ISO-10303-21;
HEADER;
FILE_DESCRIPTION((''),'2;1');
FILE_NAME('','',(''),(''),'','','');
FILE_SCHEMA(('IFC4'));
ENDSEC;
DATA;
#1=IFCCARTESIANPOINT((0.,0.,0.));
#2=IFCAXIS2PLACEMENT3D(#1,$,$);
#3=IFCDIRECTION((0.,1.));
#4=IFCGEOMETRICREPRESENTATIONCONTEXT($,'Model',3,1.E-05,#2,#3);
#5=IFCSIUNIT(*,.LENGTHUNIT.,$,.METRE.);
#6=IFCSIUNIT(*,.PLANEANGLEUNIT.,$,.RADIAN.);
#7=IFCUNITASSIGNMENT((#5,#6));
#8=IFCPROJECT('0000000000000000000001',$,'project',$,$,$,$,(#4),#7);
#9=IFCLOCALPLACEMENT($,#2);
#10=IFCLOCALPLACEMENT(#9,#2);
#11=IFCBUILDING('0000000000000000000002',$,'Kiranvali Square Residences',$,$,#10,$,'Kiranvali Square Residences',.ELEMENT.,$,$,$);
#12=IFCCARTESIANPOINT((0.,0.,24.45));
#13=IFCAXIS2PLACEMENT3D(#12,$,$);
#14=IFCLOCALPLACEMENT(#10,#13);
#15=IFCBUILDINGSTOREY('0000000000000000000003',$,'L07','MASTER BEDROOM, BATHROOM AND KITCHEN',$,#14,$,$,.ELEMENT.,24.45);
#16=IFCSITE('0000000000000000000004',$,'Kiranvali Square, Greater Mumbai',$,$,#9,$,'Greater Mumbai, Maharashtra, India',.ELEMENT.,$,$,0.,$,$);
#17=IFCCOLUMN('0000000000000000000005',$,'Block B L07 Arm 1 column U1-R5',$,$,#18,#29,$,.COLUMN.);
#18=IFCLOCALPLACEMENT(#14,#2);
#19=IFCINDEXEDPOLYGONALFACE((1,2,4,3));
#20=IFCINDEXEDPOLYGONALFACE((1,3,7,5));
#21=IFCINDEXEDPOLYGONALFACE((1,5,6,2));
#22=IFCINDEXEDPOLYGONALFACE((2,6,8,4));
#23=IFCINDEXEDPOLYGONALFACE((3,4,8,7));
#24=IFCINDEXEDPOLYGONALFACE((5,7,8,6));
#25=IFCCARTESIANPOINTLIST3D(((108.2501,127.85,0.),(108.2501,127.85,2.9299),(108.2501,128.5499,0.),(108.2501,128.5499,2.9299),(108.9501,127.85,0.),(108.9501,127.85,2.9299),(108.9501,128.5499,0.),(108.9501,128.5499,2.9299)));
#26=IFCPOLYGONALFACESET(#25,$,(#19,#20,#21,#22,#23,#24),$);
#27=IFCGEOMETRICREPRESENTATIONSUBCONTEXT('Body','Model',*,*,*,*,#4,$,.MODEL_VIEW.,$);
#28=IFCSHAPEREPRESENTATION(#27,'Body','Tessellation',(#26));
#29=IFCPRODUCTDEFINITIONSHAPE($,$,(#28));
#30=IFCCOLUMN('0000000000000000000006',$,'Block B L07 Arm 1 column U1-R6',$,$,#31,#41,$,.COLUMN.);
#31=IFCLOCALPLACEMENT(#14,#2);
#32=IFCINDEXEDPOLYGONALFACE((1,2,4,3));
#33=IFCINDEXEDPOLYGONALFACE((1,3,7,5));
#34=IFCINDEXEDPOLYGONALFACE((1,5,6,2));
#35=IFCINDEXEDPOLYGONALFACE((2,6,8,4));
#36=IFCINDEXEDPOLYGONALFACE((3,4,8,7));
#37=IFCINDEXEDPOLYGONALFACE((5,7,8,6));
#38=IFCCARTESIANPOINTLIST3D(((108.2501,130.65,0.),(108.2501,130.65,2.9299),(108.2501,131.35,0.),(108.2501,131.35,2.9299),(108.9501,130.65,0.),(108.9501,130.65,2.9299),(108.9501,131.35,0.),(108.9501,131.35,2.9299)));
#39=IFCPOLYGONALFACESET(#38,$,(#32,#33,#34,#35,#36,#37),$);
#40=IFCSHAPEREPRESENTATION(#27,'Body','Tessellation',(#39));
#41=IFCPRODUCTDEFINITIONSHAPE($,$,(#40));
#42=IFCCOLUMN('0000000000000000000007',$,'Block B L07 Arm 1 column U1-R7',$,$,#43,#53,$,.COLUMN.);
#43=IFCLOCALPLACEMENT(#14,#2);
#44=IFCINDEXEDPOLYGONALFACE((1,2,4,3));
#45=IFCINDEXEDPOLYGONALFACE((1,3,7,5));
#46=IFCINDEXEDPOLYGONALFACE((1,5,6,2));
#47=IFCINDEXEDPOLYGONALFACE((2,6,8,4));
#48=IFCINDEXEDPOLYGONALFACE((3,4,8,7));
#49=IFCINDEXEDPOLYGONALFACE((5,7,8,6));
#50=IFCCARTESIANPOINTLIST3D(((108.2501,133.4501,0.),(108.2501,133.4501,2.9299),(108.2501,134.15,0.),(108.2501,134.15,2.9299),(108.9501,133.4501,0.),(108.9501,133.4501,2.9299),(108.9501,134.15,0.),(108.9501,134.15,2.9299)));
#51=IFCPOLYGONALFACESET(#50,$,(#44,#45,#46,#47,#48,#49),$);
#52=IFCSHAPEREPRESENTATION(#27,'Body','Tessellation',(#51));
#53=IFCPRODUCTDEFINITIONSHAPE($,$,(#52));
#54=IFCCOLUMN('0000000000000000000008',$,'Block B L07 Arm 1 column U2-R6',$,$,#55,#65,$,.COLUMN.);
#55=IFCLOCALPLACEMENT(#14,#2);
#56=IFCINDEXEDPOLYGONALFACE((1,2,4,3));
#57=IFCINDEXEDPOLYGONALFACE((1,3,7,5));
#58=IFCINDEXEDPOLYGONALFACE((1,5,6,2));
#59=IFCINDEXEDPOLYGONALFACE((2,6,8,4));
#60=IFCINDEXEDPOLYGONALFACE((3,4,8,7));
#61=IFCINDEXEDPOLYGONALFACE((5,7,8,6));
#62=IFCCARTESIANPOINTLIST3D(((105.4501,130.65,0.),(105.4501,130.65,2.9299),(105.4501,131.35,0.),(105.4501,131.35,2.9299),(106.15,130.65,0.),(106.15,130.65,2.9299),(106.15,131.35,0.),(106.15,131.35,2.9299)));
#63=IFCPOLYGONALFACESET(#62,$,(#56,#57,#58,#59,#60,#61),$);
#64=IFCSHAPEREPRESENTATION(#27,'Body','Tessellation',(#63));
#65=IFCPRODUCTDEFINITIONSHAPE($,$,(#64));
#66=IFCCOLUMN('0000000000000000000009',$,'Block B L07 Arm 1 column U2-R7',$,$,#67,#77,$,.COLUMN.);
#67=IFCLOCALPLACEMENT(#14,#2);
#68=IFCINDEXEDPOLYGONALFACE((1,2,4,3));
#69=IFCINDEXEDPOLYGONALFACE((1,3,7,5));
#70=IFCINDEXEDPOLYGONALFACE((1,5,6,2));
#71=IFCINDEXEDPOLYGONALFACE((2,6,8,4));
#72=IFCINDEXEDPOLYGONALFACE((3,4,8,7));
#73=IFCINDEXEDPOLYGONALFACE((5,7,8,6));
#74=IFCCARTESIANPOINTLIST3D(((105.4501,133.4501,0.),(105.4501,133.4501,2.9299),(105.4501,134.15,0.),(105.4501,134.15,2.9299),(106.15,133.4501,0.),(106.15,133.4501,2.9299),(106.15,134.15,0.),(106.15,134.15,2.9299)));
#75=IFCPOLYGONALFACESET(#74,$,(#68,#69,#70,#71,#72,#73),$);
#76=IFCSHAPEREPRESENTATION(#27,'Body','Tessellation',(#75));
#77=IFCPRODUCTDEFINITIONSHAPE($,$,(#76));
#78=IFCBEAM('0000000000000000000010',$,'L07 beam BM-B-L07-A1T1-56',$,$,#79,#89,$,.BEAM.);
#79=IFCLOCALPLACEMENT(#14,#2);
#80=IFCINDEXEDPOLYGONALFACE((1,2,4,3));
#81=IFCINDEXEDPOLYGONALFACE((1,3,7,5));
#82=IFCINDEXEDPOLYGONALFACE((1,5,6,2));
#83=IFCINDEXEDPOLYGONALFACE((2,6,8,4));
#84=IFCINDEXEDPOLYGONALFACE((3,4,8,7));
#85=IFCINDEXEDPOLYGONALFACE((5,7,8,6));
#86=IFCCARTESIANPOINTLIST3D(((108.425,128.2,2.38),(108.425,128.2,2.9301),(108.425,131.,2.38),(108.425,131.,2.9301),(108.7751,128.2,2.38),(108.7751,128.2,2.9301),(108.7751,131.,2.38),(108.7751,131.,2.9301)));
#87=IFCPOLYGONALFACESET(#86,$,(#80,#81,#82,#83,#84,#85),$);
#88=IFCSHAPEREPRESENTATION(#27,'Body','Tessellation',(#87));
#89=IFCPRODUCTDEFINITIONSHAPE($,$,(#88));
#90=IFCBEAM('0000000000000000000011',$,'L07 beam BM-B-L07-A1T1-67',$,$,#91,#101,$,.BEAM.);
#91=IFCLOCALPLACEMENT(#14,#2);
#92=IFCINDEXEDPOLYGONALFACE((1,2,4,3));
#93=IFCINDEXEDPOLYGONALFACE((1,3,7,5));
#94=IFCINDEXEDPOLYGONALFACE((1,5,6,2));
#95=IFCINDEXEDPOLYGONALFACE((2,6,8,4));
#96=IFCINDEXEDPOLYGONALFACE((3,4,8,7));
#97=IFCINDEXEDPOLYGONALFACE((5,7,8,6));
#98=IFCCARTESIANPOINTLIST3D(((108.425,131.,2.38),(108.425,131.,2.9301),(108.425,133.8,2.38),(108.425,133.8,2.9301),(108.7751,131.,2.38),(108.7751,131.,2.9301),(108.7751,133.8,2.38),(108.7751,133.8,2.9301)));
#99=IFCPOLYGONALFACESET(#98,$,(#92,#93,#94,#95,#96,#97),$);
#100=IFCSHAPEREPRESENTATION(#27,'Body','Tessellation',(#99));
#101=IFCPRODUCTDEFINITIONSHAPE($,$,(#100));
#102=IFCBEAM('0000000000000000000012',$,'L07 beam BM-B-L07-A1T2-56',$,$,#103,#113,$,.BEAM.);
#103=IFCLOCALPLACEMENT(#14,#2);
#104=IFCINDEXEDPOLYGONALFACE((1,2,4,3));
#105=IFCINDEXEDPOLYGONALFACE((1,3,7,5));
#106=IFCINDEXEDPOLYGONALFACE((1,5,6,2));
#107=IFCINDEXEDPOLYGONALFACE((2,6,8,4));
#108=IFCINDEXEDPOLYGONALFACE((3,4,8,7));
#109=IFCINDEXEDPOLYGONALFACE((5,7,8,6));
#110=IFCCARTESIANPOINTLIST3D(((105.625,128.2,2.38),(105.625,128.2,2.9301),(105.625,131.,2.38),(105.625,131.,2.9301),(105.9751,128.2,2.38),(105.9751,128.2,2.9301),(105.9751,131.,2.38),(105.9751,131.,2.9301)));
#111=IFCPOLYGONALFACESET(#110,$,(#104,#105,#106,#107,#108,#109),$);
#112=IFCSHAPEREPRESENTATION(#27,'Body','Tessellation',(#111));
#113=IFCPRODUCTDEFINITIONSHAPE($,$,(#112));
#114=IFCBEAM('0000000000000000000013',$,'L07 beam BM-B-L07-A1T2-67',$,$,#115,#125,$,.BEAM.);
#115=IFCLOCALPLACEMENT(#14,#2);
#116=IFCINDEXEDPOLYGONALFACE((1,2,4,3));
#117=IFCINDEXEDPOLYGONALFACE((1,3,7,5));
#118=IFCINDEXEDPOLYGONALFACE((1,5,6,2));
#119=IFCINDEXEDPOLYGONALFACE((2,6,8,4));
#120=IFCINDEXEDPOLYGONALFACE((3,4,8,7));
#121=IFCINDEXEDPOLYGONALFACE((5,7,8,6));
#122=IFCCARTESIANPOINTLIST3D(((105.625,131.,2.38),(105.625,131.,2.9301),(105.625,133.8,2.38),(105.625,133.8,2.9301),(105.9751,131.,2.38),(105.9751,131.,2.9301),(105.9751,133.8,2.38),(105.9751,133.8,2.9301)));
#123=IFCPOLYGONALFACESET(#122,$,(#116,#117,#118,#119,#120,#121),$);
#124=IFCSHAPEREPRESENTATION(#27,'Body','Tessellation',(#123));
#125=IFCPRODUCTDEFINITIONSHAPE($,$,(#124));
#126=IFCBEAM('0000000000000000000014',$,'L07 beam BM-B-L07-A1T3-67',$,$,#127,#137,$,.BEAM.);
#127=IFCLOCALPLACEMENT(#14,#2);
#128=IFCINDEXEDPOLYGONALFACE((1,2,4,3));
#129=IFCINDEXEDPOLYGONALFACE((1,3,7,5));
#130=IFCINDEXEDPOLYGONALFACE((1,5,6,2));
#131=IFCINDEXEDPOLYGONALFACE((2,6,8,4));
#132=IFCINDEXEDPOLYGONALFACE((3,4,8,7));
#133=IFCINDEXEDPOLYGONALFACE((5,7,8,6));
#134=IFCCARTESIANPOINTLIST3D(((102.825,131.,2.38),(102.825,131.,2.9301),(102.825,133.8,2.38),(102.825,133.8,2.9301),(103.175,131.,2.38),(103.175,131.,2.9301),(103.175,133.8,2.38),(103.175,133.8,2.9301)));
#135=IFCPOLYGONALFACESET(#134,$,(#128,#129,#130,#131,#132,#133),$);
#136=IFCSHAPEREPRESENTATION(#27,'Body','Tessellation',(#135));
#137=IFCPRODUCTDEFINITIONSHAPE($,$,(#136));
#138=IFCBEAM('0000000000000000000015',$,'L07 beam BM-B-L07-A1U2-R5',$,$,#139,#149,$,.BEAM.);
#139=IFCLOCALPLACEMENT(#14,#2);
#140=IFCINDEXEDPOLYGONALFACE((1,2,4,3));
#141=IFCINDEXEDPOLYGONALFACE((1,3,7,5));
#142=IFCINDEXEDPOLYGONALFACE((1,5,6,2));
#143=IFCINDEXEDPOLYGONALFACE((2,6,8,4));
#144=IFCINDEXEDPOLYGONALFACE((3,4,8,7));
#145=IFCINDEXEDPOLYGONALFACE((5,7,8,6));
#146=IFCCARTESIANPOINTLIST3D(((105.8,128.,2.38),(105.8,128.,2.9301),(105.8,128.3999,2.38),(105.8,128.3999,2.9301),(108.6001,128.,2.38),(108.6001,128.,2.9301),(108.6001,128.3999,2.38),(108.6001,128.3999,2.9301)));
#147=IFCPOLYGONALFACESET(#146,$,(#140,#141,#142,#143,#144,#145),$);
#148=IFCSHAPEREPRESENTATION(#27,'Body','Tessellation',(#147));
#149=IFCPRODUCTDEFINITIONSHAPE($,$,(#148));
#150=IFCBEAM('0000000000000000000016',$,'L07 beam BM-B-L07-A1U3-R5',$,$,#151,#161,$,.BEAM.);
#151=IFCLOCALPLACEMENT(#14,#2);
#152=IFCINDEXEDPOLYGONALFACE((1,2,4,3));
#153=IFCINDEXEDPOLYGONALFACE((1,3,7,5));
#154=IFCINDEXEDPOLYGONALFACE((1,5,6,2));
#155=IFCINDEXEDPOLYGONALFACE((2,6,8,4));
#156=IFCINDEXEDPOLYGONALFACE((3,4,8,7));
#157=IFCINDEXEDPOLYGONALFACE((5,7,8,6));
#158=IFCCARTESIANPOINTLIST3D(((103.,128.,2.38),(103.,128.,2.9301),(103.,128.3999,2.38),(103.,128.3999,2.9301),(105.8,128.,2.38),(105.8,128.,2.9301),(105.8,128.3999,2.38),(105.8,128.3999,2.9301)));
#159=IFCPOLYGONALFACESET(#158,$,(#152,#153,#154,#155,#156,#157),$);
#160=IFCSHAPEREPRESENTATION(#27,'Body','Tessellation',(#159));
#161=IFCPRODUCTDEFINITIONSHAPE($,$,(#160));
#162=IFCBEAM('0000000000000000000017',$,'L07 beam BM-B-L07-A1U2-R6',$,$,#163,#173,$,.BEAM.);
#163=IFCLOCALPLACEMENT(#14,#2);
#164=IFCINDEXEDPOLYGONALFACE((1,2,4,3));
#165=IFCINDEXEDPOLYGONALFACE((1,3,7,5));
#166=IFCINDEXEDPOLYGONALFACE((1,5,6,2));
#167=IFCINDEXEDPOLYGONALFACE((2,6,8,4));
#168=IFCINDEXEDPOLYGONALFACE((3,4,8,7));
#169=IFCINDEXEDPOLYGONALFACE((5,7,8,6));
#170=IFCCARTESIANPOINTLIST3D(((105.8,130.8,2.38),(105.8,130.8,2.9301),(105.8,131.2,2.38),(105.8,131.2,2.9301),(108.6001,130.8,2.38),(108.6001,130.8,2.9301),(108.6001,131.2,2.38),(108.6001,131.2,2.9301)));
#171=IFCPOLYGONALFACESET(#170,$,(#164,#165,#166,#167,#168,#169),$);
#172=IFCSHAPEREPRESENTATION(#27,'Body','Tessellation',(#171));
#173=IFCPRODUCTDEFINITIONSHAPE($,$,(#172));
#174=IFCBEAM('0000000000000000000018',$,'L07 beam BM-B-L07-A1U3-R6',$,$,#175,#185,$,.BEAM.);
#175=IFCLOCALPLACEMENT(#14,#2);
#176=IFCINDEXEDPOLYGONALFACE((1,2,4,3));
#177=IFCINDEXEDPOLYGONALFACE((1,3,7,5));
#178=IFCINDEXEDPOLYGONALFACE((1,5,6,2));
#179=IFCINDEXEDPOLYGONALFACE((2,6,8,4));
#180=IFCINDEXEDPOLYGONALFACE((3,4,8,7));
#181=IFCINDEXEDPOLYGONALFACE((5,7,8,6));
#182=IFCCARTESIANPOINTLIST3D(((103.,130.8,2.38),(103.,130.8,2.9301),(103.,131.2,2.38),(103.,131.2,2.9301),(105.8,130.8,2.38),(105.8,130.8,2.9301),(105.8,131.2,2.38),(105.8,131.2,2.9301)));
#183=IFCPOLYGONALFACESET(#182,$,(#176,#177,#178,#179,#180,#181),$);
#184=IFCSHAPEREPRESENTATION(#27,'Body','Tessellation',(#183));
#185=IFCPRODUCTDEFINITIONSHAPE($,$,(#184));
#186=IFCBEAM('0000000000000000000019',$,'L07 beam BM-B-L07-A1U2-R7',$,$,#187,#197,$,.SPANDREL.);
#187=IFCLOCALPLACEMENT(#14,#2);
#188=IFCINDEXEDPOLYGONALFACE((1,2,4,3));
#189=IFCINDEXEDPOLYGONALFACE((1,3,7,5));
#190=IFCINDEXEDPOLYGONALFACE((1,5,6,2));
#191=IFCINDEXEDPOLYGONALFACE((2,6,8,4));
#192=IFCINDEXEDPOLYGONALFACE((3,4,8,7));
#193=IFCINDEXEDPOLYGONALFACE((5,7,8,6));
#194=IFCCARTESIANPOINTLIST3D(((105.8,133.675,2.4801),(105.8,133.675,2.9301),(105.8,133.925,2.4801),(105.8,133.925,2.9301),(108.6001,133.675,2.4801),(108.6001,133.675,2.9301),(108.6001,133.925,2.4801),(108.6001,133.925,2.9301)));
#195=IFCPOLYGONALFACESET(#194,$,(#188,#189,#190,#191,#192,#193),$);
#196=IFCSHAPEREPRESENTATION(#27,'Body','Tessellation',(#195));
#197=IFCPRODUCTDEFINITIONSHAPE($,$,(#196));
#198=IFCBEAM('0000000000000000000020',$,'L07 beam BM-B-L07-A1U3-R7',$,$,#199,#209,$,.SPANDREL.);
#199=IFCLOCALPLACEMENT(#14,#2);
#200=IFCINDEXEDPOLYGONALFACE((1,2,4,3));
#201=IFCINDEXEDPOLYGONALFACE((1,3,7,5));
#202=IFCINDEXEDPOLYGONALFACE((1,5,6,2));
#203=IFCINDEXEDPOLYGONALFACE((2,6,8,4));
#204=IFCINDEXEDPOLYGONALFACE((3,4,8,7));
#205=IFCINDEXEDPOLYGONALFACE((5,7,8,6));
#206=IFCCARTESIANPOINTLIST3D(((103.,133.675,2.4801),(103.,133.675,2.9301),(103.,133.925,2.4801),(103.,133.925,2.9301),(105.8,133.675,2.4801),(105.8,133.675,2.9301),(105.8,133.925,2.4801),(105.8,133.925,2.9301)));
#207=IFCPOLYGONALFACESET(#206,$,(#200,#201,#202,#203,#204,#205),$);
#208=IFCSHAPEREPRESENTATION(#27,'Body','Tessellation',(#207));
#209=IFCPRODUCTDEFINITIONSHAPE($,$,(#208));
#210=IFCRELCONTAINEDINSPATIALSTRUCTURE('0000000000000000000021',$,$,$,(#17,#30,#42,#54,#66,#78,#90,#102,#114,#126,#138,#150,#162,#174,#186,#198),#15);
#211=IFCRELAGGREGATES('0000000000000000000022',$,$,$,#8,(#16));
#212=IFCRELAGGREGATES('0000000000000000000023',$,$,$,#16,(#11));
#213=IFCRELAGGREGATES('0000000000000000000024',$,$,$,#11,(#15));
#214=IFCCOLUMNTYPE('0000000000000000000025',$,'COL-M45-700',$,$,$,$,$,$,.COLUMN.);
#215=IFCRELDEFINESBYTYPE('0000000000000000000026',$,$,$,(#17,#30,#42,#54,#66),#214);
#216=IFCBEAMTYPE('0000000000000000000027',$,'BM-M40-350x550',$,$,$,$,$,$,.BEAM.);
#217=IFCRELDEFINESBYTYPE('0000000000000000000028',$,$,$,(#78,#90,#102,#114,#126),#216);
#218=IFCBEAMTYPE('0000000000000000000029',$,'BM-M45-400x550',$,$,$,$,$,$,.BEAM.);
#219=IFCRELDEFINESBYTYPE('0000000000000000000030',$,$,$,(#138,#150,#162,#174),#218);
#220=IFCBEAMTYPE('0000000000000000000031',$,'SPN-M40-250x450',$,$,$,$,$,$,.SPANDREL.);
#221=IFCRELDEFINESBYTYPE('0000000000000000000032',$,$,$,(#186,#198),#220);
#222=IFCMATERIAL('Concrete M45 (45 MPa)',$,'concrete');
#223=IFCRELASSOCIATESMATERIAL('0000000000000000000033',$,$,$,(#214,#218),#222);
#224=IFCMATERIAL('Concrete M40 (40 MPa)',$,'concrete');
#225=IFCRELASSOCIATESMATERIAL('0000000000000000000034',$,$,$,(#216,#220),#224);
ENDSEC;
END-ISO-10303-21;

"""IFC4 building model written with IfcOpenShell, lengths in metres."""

from ifc_helpers import new_model, si_unit, direction, frame, origin, origin_2d, place, context, subcontext, project, spatial, rectangle, extrude, material, material_profile, profile_set, type_object, element, save


model = new_model("IFC4")

# Units and contexts
model_context = context("Model", 3, precision=1e-05, world=origin(), true_north=direction((0.0, 1.0)))
body_context = subcontext(model_context, "Body", "Model", "MODEL_VIEW")
ifc_project = project(units=[si_unit("LENGTHUNIT", "METRE"), si_unit("PLANEANGLEUNIT", "RADIAN")], contexts=[model_context])

# Site, building, storey
site_placement = place(None, origin())
site = spatial("IfcSite", under=ifc_project, at=site_placement, Name="Kiranvali Square, Greater Mumbai", LongName="Greater Mumbai, Maharashtra, India", CompositionType="ELEMENT", RefElevation=0.0)
building_placement = place(site_placement, origin())
building = spatial("IfcBuilding", under=site, at=building_placement, Name="Kiranvali Square Residences", LongName="Kiranvali Square Residences", CompositionType="ELEMENT")
storey_placement = place(building_placement, frame((0.0, 0.0, 24.45)))
storey = spatial("IfcBuildingStorey", under=building, at=storey_placement, Name="L07", Description="MASTER BEDROOM, BATHROOM AND KITCHEN", CompositionType="ELEMENT", Elevation=24.45)

# Columns
ifc_material_1 = material(Name="Concrete M45 (45 MPa)", Category="concrete")
ifc_material_profile_1 = material_profile(ifc_material_1, rectangle(XDim=0.7, YDim=0.7, at=origin_2d()), Name="RC 700x700")
ifc_profile_set_1 = profile_set([ifc_material_profile_1], Name="Concrete M45 (45 MPa)")
column_type = type_object("IfcColumnType", Name="COL-M45-700", PredefinedType="COLUMN", material=ifc_profile_set_1)
for number, where, z_axis, x_axis, name in (
    (1, (108.6001, 128.2, 0.0), (0.0, 0.0, 1.0), (1.0, 0.0, 0.0), "Block B L07 Arm 1 column U1-R5"),
    (2, (108.6001, 131.0, 0.0), (0.0, 0.0, 1.0), (1.0, 0.0, 0.0), "Block B L07 Arm 1 column U1-R6"),
    (3, (108.6001, 133.8, 0.0), (0.0, 0.0, 1.0), (1.0, 0.0, 0.0), "Block B L07 Arm 1 column U1-R7"),
    (4, (105.8, 131.0, 0.0), (0.0, 0.0, 1.0), (1.0, 0.0, 0.0), "Block B L07 Arm 1 column U2-R6"),
    (5, (105.8, 133.8, 0.0), (0.0, 0.0, 1.0), (1.0, 0.0, 0.0), "Block B L07 Arm 1 column U2-R7"),
):
    element("IfcColumn", number, at=place(storey_placement, frame(where, z_axis=z_axis, x_axis=x_axis)), inside=storey, type_object=column_type, Name=name, PredefinedType="COLUMN", context=body_context, shape_type="SweptSolid", body=[
        extrude(rectangle(XDim=0.7, YDim=0.7, at=origin_2d()), origin(), (0.0, 0.0, 1.0), 2.9299),
    ])

# Beams
ifc_material_2 = material(Name="Concrete M40 (40 MPa)", Category="concrete")
ifc_material_profile_2 = material_profile(ifc_material_2, rectangle(XDim=0.3501, YDim=0.55, at=origin_2d()), Name="RC 350x550")
ifc_profile_set_2 = profile_set([ifc_material_profile_2], Name="Concrete M40 (40 MPa)")
beam_type_1 = type_object("IfcBeamType", Name="BM-M40-350x550", PredefinedType="BEAM", material=ifc_profile_set_2)
for number, where, z_axis, x_axis, name in (
    (6, (108.6001, 128.2, 2.655), (0.0, 1.0, 0.0), (-1.0, 0.0, 0.0), "L07 beam BM-B-L07-A1T1-56"),
    (7, (108.6001, 131.0, 2.655), (0.0, 1.0, 0.0), (-1.0, 0.0, 0.0), "L07 beam BM-B-L07-A1T1-67"),
    (8, (105.8, 128.2, 2.655), (0.0, 1.0, 0.0), (-1.0, 0.0, 0.0), "L07 beam BM-B-L07-A1T2-56"),
    (9, (105.8, 131.0, 2.655), (0.0, 1.0, 0.0), (-1.0, 0.0, 0.0), "L07 beam BM-B-L07-A1T2-67"),
    (10, (103.0, 131.0, 2.655), (0.0, 1.0, 0.0), (-1.0, 0.0, 0.0), "L07 beam BM-B-L07-A1T3-67"),
):
    element("IfcBeam", number, at=place(storey_placement, frame(where, z_axis=z_axis, x_axis=x_axis)), inside=storey, type_object=beam_type_1, Name=name, PredefinedType="BEAM", context=body_context, shape_type="SweptSolid", body=[
        extrude(rectangle(XDim=0.3501, YDim=0.55, at=origin_2d()), origin(), (0.0, 0.0, 1.0), 2.8),
    ])
ifc_material_profile_3 = material_profile(ifc_material_1, rectangle(XDim=0.3999, YDim=0.55, at=origin_2d()), Name="RC 400x550")
ifc_profile_set_3 = profile_set([ifc_material_profile_3], Name="Concrete M45 (45 MPa)")
beam_type_2 = type_object("IfcBeamType", Name="BM-M45-400x550", PredefinedType="BEAM", material=ifc_profile_set_3)
for number, where, z_axis, x_axis, name in (
    (11, (108.6001, 128.2, 2.655), (-1.0, 0.0, 0.0), (0.0, -1.0, 0.0), "L07 beam BM-B-L07-A1U2-R5"),
    (12, (105.8, 128.2, 2.655), (-1.0, 0.0, 0.0), (0.0, -1.0, 0.0), "L07 beam BM-B-L07-A1U3-R5"),
    (13, (108.6001, 131.0, 2.655), (-1.0, 0.0, 0.0), (0.0, -1.0, 0.0), "L07 beam BM-B-L07-A1U2-R6"),
    (14, (105.8, 131.0, 2.655), (-1.0, 0.0, 0.0), (0.0, -1.0, 0.0), "L07 beam BM-B-L07-A1U3-R6"),
):
    element("IfcBeam", number, at=place(storey_placement, frame(where, z_axis=z_axis, x_axis=x_axis)), inside=storey, type_object=beam_type_2, Name=name, PredefinedType="BEAM", context=body_context, shape_type="SweptSolid", body=[
        extrude(rectangle(XDim=0.3999, YDim=0.55, at=origin_2d()), origin(), (0.0, 0.0, 1.0), 2.8),
    ])
ifc_material_profile_4 = material_profile(ifc_material_2, rectangle(XDim=0.25, YDim=0.45, at=origin_2d()), Name="RC 250x450")
ifc_profile_set_4 = profile_set([ifc_material_profile_4], Name="Concrete M40 (40 MPa)")
beam_type_3 = type_object("IfcBeamType", Name="SPN-M40-250x450", PredefinedType="SPANDREL", material=ifc_profile_set_4)
for number, where, z_axis, x_axis, name in (
    (15, (108.6001, 133.8, 2.7051), (-1.0, 0.0, 0.0), (0.0, -1.0, 0.0), "L07 beam BM-B-L07-A1U2-R7"),
    (16, (105.8, 133.8, 2.7051), (-1.0, 0.0, 0.0), (0.0, -1.0, 0.0), "L07 beam BM-B-L07-A1U3-R7"),
):
    element("IfcBeam", number, at=place(storey_placement, frame(where, z_axis=z_axis, x_axis=x_axis)), inside=storey, type_object=beam_type_3, Name=name, PredefinedType="SPANDREL", context=body_context, shape_type="SweptSolid", body=[
        extrude(rectangle(XDim=0.25, YDim=0.45, at=origin_2d()), origin(), (0.0, 0.0, 1.0), 2.8),
    ])

save(model, "model.ifc")
